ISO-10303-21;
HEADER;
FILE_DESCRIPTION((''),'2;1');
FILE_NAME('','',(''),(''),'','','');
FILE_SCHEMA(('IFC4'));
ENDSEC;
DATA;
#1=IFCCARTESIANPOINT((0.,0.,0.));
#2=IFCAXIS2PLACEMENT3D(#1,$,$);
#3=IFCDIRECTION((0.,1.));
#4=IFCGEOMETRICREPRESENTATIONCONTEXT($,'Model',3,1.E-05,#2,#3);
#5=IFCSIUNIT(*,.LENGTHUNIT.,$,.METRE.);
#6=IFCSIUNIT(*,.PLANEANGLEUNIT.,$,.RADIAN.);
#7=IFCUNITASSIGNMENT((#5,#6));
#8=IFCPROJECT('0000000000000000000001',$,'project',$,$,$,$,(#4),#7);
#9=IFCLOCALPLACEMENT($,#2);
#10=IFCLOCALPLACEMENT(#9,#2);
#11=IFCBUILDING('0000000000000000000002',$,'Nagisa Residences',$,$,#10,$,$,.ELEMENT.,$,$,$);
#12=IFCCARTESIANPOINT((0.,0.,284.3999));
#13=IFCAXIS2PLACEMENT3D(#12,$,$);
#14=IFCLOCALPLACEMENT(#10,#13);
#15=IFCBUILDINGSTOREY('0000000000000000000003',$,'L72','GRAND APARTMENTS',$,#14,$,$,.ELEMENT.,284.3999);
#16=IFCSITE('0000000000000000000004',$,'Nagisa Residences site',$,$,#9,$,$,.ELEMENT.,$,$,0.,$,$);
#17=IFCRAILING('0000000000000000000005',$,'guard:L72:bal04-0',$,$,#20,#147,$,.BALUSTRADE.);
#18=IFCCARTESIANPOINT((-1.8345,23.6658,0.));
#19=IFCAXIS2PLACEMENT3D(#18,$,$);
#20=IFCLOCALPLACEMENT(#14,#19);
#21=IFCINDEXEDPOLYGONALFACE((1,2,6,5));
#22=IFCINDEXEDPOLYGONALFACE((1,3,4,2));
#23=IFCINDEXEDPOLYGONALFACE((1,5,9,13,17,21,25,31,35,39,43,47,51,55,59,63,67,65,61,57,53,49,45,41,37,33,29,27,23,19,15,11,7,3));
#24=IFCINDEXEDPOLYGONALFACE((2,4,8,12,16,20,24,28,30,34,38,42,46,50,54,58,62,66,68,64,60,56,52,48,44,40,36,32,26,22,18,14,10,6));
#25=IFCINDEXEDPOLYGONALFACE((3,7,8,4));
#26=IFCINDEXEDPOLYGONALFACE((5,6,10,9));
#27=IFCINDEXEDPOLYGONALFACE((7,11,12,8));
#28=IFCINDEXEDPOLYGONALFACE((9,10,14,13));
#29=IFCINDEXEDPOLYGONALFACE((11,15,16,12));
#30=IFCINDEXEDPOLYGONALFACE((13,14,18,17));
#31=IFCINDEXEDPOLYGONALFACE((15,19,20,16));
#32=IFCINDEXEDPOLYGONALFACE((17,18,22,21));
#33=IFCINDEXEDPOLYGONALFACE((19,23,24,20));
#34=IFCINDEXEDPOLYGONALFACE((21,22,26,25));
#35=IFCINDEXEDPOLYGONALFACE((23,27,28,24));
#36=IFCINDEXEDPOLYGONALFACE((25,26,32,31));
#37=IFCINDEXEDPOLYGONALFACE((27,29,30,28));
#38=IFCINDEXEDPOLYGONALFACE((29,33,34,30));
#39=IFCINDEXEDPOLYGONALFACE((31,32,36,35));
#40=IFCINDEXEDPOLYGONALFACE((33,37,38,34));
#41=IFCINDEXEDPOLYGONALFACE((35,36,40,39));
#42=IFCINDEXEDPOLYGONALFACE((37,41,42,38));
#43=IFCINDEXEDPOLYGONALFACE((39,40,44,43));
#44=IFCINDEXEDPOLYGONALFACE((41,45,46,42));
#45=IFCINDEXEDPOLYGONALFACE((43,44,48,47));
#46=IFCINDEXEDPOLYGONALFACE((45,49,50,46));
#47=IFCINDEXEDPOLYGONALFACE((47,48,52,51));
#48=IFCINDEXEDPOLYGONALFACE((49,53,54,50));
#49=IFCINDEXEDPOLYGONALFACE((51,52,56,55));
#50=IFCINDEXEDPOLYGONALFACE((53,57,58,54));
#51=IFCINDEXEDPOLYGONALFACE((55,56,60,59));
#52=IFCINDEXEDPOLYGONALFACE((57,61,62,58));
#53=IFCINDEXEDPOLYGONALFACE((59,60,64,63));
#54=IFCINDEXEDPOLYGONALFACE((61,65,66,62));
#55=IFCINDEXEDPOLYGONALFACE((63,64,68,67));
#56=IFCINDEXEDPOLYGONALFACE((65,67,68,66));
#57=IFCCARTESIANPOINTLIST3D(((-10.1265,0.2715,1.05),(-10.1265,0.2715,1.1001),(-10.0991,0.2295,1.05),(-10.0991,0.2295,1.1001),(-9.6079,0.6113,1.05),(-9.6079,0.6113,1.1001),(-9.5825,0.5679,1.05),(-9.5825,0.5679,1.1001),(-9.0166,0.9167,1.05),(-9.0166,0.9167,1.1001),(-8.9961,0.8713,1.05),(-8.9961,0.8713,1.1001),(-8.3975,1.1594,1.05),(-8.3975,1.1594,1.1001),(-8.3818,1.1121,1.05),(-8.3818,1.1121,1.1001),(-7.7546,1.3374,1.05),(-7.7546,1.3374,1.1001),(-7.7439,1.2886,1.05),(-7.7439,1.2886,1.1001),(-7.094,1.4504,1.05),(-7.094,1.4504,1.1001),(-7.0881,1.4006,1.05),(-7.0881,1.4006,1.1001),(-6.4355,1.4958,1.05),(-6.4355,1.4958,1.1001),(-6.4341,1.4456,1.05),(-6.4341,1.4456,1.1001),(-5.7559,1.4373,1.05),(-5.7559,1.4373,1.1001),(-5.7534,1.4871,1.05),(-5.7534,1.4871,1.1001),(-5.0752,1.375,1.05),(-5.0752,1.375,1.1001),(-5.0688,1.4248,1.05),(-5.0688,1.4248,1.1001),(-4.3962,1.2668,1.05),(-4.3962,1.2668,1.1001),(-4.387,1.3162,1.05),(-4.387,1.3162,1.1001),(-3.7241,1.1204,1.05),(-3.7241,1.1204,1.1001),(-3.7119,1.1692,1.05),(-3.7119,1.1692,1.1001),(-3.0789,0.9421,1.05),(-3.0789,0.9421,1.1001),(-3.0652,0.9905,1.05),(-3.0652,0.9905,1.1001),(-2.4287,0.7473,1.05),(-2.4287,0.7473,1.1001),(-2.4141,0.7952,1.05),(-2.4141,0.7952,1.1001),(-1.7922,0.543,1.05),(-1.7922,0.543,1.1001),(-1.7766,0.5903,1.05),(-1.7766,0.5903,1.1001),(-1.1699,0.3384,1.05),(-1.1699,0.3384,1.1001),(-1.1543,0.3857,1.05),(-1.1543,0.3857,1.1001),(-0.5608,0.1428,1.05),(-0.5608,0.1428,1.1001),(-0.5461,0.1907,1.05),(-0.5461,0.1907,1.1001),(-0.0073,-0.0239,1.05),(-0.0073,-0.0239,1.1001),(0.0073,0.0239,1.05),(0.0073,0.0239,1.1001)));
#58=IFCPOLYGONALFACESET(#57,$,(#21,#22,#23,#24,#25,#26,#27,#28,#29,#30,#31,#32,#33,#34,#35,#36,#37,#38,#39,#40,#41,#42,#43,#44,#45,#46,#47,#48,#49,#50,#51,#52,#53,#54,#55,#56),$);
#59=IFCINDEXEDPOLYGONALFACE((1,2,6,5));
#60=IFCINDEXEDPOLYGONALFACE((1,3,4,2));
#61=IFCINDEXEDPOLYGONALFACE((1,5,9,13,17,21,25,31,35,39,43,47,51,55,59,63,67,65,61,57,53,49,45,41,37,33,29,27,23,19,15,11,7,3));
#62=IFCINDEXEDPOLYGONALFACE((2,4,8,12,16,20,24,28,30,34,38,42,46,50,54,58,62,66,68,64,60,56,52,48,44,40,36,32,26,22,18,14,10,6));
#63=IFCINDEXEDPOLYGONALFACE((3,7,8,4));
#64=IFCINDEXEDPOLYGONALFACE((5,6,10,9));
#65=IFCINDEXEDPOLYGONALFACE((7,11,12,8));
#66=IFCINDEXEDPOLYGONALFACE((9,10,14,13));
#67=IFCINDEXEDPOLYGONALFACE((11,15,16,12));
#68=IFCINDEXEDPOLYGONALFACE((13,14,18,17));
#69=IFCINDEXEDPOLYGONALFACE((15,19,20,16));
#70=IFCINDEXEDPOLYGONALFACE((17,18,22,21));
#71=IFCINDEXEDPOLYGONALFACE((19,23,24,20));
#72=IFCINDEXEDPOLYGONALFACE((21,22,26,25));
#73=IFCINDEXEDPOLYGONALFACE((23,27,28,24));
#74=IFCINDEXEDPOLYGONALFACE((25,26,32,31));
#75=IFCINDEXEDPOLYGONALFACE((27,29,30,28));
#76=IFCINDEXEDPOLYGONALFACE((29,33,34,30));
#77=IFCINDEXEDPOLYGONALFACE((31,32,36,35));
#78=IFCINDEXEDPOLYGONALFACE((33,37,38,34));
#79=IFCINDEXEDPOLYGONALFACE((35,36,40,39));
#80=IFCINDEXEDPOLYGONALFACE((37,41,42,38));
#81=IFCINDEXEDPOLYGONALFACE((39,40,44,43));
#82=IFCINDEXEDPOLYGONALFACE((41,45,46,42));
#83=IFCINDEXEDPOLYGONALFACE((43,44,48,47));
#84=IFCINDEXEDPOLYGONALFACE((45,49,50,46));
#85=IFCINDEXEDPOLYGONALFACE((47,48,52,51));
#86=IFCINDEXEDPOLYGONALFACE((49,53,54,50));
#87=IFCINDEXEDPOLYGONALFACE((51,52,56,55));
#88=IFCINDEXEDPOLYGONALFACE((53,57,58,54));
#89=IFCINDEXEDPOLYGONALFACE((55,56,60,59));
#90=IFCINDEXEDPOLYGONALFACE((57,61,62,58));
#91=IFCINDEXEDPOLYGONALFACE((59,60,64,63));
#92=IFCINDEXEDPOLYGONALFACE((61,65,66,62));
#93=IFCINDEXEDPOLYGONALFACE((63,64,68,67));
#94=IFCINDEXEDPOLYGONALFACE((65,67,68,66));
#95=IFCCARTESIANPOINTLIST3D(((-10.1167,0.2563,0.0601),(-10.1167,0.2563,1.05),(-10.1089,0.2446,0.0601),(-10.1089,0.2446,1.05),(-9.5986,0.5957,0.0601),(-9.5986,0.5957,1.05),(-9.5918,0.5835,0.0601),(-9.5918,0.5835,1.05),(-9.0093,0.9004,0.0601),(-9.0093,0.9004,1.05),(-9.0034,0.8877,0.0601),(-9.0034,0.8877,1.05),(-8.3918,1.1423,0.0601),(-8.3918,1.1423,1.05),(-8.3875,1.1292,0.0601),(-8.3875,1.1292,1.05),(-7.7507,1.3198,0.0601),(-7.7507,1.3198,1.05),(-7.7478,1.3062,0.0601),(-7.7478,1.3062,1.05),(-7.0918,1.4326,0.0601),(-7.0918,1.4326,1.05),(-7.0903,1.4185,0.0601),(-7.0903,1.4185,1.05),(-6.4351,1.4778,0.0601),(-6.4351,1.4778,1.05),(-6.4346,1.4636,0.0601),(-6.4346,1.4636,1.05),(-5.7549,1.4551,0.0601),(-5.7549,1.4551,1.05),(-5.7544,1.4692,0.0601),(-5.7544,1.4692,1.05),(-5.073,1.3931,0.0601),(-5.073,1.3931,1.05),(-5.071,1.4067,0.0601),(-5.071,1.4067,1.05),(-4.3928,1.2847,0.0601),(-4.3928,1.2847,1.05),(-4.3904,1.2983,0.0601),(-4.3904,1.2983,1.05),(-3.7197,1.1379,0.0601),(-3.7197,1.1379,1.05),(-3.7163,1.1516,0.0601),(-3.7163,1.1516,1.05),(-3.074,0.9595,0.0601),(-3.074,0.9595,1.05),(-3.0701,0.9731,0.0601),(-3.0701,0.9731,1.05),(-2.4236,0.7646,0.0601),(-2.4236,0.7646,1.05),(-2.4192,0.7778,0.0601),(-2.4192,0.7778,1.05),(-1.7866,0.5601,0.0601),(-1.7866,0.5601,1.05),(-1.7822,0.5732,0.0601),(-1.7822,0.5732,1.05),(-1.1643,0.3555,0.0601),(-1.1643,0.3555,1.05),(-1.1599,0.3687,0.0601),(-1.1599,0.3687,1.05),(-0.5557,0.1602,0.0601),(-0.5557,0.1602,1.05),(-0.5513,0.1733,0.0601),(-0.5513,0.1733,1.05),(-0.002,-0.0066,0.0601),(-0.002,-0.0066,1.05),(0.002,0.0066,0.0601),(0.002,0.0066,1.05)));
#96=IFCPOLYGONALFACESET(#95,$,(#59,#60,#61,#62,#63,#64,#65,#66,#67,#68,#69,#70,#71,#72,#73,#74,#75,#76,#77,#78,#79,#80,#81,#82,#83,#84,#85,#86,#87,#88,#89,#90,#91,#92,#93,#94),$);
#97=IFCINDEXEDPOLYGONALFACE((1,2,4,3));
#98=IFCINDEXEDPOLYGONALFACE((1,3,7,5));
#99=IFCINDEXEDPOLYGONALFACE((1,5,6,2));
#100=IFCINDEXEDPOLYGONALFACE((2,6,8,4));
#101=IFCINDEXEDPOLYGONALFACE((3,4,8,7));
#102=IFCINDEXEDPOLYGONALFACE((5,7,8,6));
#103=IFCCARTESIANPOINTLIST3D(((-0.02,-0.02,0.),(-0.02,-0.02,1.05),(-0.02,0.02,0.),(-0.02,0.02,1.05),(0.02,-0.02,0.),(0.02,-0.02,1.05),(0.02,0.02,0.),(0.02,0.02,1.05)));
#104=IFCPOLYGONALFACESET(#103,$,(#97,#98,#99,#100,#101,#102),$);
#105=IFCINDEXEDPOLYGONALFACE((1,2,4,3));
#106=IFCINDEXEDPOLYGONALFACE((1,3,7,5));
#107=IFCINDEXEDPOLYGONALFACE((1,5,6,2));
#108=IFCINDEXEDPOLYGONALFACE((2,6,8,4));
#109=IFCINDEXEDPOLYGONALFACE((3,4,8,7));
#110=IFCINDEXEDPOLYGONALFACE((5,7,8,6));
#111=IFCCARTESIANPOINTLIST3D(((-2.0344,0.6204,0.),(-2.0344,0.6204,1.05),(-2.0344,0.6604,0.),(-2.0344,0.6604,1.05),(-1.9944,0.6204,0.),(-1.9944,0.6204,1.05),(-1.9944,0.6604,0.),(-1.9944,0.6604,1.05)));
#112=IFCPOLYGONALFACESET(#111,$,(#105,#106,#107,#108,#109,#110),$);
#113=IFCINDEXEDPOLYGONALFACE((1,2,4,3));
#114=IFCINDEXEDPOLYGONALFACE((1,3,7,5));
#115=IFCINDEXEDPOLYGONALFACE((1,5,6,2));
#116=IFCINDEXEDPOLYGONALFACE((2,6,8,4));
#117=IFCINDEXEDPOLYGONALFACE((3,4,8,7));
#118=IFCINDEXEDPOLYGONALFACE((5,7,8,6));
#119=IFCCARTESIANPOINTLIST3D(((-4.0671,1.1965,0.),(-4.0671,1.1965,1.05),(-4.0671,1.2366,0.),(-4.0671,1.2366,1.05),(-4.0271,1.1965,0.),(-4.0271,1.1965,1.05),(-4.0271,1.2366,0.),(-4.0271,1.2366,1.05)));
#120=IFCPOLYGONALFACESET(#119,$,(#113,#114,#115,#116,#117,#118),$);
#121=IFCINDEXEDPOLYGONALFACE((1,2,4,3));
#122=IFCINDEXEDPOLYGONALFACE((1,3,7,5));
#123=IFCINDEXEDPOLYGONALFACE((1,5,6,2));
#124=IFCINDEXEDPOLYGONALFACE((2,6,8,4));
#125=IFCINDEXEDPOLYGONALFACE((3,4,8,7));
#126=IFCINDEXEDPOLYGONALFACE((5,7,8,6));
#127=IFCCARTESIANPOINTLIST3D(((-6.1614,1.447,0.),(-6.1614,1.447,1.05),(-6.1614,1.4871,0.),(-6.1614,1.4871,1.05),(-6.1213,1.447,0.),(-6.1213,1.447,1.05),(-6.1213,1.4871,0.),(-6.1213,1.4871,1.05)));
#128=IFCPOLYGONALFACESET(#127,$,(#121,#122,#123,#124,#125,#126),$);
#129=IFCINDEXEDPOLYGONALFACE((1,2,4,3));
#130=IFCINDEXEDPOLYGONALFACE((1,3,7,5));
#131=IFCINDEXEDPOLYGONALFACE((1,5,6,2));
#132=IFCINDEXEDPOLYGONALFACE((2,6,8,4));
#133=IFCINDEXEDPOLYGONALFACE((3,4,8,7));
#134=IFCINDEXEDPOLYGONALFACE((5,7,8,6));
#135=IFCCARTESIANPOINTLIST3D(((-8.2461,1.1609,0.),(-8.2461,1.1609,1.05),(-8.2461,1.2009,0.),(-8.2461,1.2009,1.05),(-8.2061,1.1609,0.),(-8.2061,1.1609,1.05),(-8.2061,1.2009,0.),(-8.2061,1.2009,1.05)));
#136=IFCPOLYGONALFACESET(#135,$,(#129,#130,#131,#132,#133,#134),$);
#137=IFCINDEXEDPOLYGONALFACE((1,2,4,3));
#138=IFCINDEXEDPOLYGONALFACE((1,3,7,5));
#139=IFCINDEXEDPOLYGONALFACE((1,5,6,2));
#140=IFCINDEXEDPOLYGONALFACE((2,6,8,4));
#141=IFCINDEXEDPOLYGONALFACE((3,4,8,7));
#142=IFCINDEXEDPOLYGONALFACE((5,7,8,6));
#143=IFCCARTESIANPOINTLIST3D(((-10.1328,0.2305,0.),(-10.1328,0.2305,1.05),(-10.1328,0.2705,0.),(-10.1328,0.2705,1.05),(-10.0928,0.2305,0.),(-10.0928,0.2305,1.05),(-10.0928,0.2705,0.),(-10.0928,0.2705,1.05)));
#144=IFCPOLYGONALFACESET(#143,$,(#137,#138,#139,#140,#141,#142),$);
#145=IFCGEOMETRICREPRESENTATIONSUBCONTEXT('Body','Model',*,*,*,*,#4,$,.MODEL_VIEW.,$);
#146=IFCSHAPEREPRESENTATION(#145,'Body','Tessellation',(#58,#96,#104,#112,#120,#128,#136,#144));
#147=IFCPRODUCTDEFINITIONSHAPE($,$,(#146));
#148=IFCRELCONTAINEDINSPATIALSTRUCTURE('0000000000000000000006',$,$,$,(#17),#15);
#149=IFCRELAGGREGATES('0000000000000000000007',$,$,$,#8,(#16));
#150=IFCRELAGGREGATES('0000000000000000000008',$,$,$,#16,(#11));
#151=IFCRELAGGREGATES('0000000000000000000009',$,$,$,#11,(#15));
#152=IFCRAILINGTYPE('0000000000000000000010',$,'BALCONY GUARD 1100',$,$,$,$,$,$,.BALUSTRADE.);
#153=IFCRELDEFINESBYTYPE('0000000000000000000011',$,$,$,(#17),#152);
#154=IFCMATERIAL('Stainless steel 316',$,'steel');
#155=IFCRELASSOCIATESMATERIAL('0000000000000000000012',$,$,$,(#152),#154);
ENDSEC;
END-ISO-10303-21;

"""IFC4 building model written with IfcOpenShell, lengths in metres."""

from ifc_helpers import new_model, si_unit, direction, frame, origin, origin_2d, place, context, subcontext, project, spatial, polyline, rectangle, outline, extrude, material, type_object, element, save


model = new_model("IFC4")

# Units and contexts
model_context = context("Model", 3, precision=1e-05, world=origin(), true_north=direction((0.0, 1.0)))
body_context = subcontext(model_context, "Body", "Model", "MODEL_VIEW")
ifc_project = project(units=[si_unit("LENGTHUNIT", "METRE"), si_unit("PLANEANGLEUNIT", "RADIAN")], contexts=[model_context])

# Site, building, storey
site_placement = place(None, origin())
site = spatial("IfcSite", under=ifc_project, at=site_placement, Name="Nagisa Residences site", CompositionType="ELEMENT", RefElevation=0.0)
building_placement = place(site_placement, origin())
building = spatial("IfcBuilding", under=site, at=building_placement, Name="Nagisa Residences", CompositionType="ELEMENT")
storey_placement = place(building_placement, frame((0.0, 0.0, 284.3999)))
storey = spatial("IfcBuildingStorey", under=building, at=storey_placement, Name="L72", Description="GRAND APARTMENTS", CompositionType="ELEMENT", Elevation=284.3999)

# Railing
ifc_material_1 = material(Name="Stainless steel 316", Category="steel")
railing_type = type_object("IfcRailingType", Name="BALCONY GUARD 1100", PredefinedType="BALUSTRADE", material=ifc_material_1)
railing_placement = place(storey_placement, frame((-1.8345, 23.6658, 0.0)))
element("IfcRailing", 1, at=railing_placement, inside=storey, type_object=railing_type, Name="guard:L72:bal04-0", PredefinedType="BALUSTRADE", context=body_context, shape_type="SweptSolid", body=[
    extrude(outline(polyline([(-0.5608, 0.1428), (-0.0073, -0.0239), (0.0073, 0.0239), (-0.5461, 0.1907), (-1.1543, 0.3857), (-1.7766, 0.5903), (-2.4141, 0.7952), (-3.0652, 0.9905), (-3.7119, 1.1692), (-4.387, 1.3162), (-5.0688, 1.4248), (-5.7534, 1.4871), (-6.4355, 1.4958), (-7.094, 1.4504), (-7.7546, 1.3374), (-8.3975, 1.1594), (-9.0166, 0.9167), (-9.6079, 0.6113), (-10.1265, 0.2715), (-10.0991, 0.2295), (-9.5825, 0.5679), (-8.9961, 0.8713), (-8.3818, 1.1121), (-7.7439, 1.2886), (-7.0881, 1.4006), (-6.4341, 1.4456), (-5.7559, 1.4373), (-5.0752, 1.375), (-4.3962, 1.2668), (-3.7241, 1.1204), (-3.0789, 0.9421), (-2.4287, 0.7473), (-1.7922, 0.543), (-1.1699, 0.3384), (-0.5608, 0.1428)])), frame((0.0, 0.0, 1.05)), (0.0, 0.0, 1.0), 0.05),
    extrude(outline(polyline([(-0.5557, 0.1602), (-0.002, -0.0066), (0.002, 0.0066), (-0.5513, 0.1733), (-1.1599, 0.3687), (-1.7822, 0.5732), (-2.4192, 0.7778), (-3.0701, 0.9731), (-3.7163, 1.1516), (-4.3904, 1.2983), (-5.071, 1.4067), (-5.7544, 1.4692), (-6.4351, 1.4778), (-7.0918, 1.4326), (-7.7507, 1.3198), (-8.3918, 1.1423), (-9.0093, 0.9004), (-9.5986, 0.5957), (-10.1167, 0.2563), (-10.1089, 0.2446), (-9.5918, 0.5835), (-9.0034, 0.8877), (-8.3875, 1.1292), (-7.7478, 1.3062), (-7.0903, 1.4185), (-6.4346, 1.4636), (-5.7549, 1.4551), (-5.073, 1.3931), (-4.3928, 1.2847), (-3.7197, 1.1379), (-3.074, 0.9595), (-2.4236, 0.7646), (-1.7866, 0.5601), (-1.1643, 0.3555), (-0.5557, 0.1602)])), frame((0.0, 0.0, 0.0601)), (0.0, 0.0, 1.0), 0.99),
    extrude(rectangle(XDim=0.04, YDim=0.04, at=origin_2d()), origin(), (0.0, 0.0, 1.0), 1.05),
    extrude(rectangle(XDim=0.04, YDim=0.04, at=origin_2d()), frame((-2.0144, 0.6404, 0.0)), (0.0, 0.0, 1.0), 1.05),
    extrude(rectangle(XDim=0.04, YDim=0.04, at=origin_2d()), frame((-4.0471, 1.2166, 0.0)), (0.0, 0.0, 1.0), 1.05),
    extrude(rectangle(XDim=0.04, YDim=0.04, at=origin_2d()), frame((-6.1414, 1.467, 0.0)), (0.0, 0.0, 1.0), 1.05),
    extrude(rectangle(XDim=0.04, YDim=0.04, at=origin_2d()), frame((-8.2261, 1.1809, 0.0)), (0.0, 0.0, 1.0), 1.05),
    extrude(rectangle(XDim=0.04, YDim=0.04, at=origin_2d()), frame((-10.1128, 0.2505, 0.0)), (0.0, 0.0, 1.0), 1.05),
])

save(model, "model.ifc")
